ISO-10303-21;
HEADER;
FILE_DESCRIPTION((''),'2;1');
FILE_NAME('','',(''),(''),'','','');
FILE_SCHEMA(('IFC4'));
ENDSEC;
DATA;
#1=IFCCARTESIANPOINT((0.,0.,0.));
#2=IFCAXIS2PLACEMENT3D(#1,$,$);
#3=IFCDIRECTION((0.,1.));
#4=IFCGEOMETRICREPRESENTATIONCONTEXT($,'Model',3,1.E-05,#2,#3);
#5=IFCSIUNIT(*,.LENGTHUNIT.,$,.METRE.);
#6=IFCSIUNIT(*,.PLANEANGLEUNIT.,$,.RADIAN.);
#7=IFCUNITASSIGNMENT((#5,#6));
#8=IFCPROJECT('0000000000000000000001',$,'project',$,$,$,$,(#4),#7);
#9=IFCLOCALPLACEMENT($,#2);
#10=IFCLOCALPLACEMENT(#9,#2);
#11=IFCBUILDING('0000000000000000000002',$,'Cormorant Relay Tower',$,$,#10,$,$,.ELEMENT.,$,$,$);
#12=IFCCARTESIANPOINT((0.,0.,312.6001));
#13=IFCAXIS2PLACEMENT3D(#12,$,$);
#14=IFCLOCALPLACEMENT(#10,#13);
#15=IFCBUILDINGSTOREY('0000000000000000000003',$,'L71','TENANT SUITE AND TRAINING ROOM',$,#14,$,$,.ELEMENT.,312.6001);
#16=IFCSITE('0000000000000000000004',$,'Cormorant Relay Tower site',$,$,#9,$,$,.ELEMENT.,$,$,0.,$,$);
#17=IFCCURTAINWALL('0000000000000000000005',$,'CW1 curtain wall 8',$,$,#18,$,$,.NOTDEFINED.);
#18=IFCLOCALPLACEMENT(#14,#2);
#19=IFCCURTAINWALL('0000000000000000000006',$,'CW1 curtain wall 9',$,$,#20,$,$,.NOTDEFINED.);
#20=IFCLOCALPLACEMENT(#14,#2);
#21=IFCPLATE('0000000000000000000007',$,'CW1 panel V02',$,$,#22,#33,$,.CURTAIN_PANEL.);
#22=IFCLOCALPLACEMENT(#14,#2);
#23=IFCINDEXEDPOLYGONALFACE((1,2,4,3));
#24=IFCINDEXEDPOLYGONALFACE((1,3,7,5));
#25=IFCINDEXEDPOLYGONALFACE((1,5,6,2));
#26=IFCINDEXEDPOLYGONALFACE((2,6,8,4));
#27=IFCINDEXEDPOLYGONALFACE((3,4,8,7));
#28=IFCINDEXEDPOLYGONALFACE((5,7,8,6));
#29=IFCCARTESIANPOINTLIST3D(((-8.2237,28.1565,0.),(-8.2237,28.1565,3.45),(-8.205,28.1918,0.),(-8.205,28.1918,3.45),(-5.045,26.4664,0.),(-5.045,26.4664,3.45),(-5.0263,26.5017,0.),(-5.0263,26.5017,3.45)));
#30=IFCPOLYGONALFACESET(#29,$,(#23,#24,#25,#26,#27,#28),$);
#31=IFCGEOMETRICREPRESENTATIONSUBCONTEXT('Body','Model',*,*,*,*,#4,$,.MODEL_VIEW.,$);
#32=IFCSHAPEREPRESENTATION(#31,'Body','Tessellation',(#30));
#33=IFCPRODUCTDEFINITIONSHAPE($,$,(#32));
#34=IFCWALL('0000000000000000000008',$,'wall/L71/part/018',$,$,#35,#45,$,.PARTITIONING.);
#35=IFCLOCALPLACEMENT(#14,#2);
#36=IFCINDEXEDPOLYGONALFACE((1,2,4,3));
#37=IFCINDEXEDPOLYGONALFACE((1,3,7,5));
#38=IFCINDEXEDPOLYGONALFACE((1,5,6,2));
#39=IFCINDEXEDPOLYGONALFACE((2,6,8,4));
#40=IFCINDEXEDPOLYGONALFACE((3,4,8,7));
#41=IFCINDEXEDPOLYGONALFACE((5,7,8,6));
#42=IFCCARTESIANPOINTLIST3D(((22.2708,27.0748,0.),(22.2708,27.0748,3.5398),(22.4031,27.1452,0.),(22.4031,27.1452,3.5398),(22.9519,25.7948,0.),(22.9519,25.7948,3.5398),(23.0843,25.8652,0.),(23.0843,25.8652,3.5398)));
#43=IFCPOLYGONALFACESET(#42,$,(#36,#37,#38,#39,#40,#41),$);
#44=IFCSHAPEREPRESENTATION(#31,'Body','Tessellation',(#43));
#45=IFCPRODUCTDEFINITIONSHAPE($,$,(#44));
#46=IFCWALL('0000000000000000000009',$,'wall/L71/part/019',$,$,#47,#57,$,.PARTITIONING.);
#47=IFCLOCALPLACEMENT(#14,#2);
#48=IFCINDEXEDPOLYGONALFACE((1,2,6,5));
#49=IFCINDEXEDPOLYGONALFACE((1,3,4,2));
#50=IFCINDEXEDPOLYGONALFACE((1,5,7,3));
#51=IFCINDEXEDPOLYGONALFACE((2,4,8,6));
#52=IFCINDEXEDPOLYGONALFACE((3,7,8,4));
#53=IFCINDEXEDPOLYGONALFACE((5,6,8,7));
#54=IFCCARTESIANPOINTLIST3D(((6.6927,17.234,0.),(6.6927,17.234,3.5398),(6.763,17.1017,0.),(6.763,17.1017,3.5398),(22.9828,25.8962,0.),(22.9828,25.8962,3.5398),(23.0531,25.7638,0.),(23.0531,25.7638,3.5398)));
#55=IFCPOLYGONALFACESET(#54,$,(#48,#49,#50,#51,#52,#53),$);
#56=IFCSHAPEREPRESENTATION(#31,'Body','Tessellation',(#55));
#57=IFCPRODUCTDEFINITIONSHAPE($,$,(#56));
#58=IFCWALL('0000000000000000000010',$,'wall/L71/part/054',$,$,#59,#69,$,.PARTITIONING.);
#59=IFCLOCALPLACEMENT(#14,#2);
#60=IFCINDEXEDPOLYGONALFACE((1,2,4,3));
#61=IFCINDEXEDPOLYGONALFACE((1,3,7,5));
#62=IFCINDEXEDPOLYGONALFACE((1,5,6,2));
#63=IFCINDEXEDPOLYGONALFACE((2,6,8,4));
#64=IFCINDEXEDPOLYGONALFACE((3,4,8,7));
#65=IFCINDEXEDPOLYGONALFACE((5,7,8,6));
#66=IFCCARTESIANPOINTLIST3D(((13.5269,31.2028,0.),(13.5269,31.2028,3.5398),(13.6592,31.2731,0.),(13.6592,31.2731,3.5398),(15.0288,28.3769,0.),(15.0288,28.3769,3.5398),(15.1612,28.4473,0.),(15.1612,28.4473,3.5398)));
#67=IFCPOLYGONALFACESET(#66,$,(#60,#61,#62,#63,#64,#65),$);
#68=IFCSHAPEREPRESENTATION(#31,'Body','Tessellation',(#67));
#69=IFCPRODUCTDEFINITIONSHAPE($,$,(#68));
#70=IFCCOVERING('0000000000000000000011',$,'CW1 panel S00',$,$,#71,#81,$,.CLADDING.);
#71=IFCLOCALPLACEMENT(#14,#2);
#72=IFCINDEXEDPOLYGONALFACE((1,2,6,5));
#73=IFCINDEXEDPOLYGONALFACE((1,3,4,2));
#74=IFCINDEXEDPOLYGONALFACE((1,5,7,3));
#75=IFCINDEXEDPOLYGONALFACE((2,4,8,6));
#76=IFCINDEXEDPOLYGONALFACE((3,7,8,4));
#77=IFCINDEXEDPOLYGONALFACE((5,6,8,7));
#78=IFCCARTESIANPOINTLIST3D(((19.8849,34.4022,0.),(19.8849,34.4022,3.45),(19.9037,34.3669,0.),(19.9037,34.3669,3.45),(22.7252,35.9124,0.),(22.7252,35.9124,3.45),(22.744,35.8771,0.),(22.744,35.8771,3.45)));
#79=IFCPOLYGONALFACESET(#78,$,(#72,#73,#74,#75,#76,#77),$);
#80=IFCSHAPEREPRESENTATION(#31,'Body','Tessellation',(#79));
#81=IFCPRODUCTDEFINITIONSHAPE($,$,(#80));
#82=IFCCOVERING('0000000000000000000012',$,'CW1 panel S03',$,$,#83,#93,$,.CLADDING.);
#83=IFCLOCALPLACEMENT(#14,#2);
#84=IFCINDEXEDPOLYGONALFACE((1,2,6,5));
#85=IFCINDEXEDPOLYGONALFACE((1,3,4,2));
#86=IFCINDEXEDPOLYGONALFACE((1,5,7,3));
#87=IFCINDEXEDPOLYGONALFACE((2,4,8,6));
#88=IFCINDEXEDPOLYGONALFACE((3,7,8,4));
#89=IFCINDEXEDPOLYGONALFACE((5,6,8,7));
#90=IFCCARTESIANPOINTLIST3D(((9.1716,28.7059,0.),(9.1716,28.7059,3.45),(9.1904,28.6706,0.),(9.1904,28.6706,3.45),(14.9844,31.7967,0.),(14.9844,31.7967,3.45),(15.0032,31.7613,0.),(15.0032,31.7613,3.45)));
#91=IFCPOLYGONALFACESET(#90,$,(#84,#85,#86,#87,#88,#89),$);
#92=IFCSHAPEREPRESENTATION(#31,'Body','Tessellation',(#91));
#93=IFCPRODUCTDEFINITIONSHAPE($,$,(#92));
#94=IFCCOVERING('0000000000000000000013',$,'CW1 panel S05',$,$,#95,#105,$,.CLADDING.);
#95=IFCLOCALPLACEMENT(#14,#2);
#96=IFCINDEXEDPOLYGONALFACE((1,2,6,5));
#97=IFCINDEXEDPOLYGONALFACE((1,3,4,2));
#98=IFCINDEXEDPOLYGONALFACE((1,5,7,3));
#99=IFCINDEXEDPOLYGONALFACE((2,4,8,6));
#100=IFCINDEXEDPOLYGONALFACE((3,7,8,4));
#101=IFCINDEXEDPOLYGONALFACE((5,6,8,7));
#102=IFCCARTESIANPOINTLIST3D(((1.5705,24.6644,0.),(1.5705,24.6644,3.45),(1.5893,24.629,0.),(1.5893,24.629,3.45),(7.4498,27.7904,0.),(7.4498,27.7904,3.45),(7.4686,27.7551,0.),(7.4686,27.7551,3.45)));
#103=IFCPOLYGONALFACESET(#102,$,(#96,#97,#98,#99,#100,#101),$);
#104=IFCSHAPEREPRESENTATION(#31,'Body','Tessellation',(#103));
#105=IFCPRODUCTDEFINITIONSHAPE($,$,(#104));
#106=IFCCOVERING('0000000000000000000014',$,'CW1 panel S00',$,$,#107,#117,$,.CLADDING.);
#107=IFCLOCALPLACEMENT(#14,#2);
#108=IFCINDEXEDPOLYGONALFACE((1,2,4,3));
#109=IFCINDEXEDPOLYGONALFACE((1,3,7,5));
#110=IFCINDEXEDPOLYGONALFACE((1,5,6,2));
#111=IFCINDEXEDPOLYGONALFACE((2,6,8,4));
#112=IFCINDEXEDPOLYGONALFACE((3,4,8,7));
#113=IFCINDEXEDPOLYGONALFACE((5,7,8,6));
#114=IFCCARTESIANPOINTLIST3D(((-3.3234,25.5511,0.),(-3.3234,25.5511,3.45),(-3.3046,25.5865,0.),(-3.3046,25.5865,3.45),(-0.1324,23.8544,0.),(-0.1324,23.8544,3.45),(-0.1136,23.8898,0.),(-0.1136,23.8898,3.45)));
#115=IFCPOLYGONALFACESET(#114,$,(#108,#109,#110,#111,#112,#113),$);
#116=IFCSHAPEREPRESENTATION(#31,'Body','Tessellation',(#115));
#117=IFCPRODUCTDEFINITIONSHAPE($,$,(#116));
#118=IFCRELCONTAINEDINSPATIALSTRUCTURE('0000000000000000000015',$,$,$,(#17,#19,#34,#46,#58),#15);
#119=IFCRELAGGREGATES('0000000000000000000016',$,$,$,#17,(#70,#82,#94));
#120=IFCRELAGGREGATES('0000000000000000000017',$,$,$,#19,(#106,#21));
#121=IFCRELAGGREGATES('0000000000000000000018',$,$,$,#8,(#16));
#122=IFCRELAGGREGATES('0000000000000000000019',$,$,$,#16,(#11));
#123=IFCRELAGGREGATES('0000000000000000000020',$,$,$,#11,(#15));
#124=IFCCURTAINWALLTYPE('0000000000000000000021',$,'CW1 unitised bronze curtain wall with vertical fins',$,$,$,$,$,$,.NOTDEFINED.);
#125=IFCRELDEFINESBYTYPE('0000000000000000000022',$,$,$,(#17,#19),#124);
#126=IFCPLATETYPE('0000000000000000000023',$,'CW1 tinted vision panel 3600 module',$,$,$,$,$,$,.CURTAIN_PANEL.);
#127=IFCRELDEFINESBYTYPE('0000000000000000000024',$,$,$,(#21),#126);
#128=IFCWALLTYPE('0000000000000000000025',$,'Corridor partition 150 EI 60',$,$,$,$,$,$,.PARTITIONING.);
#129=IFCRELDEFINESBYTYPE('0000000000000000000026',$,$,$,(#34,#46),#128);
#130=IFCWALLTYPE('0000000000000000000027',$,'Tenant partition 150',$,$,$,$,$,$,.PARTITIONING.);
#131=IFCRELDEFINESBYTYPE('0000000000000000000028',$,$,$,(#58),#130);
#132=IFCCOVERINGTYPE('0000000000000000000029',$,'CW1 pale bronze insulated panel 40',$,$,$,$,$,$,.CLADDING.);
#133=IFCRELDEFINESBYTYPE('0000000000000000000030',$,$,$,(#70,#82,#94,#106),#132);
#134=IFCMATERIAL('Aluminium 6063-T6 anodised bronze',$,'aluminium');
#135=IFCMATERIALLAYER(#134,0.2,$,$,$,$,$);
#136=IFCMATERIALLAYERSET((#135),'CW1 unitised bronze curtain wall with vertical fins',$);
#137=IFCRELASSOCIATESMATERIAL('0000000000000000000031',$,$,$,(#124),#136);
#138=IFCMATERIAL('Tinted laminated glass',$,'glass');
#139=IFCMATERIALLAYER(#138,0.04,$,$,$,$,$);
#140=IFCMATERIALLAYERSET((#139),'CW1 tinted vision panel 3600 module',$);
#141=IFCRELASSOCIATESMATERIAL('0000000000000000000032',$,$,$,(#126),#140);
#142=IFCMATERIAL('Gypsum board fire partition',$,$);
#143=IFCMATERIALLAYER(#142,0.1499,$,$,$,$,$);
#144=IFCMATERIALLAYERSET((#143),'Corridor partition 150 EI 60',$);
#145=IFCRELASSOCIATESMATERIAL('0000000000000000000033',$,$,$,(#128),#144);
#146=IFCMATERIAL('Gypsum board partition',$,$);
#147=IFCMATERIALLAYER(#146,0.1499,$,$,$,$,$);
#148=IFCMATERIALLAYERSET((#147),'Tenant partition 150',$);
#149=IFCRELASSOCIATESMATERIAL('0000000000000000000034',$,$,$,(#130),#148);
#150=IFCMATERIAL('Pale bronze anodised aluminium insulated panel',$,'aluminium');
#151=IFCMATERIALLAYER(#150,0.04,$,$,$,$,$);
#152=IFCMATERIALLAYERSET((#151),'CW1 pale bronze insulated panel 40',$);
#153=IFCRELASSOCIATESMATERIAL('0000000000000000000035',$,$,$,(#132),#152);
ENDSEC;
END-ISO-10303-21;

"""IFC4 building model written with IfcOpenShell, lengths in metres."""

from ifc_helpers import new_model, si_unit, direction, frame, frame_2d, origin, origin_2d, place, context, subcontext, project, spatial, rectangle, extrude, material, layer, layer_set, type_object, element, aggregate, save


model = new_model("IFC4")

# Units and contexts
model_context = context("Model", 3, precision=1e-05, world=origin(), true_north=direction((0.0, 1.0)))
body_context = subcontext(model_context, "Body", "Model", "MODEL_VIEW")
ifc_project = project(units=[si_unit("LENGTHUNIT", "METRE"), si_unit("PLANEANGLEUNIT", "RADIAN")], contexts=[model_context])

# Site, building, storey
site_placement = place(None, origin())
site = spatial("IfcSite", under=ifc_project, at=site_placement, Name="Cormorant Relay Tower site", CompositionType="ELEMENT", RefElevation=0.0)
building_placement = place(site_placement, origin())
building = spatial("IfcBuilding", under=site, at=building_placement, Name="Cormorant Relay Tower", CompositionType="ELEMENT")
storey_placement = place(building_placement, frame((0.0, 0.0, 312.6001)))
storey = spatial("IfcBuildingStorey", under=building, at=storey_placement, Name="L71", Description="TENANT SUITE AND TRAINING ROOM", CompositionType="ELEMENT", Elevation=312.6001)

# Curtain walls
ifc_material_1 = material(Name="Aluminium 6063-T6 anodised bronze", Category="aluminium")
ifc_layer_1 = layer(ifc_material_1, 0.2)
ifc_layer_set_1 = layer_set([ifc_layer_1], Name="CW1 unitised bronze curtain wall with vertical fins")
curtain_wall_type = type_object("IfcCurtainWallType", Name="CW1 unitised bronze curtain wall with vertical fins", PredefinedType="NOTDEFINED", material=ifc_layer_set_1)
curtain_wall_1_placement = place(storey_placement, origin())
curtain_wall_1 = element("IfcCurtainWall", 1, at=curtain_wall_1_placement, inside=storey, type_object=curtain_wall_type, Name="CW1 curtain wall 8", PredefinedType="NOTDEFINED")
curtain_wall_2_placement = place(storey_placement, origin())
curtain_wall_2 = element("IfcCurtainWall", 2, at=curtain_wall_2_placement, inside=storey, type_object=curtain_wall_type, Name="CW1 curtain wall 9", PredefinedType="NOTDEFINED")

# Plate
ifc_material_2 = material(Name="Tinted laminated glass", Category="glass")
ifc_layer_2 = layer(ifc_material_2, 0.04)
ifc_layer_set_2 = layer_set([ifc_layer_2], Name="CW1 tinted vision panel 3600 module")
plate_type_1 = type_object("IfcPlateType", Name="CW1 tinted vision panel 3600 module", PredefinedType="CURTAIN_PANEL", material=ifc_layer_set_2)
plate_1_placement = place(storey_placement, frame((-6.625, 27.3291, 0.0), z_axis=(0.0, 0.0, 1.0), x_axis=(-0.882948, 0.469472, 0.0)))
plate_1 = element("IfcPlate", 3, at=plate_1_placement, type_object=plate_type_1, Name="CW1 panel V02", PredefinedType="CURTAIN_PANEL", context=body_context, shape_type="SweptSolid", body=[
    extrude(rectangle(XDim=3.6001, YDim=0.04, at=origin_2d()), origin(), (0.0, 0.0, 1.0), 3.45),
])

# Walls
ifc_material_3 = material(Name="Gypsum board fire partition")
ifc_layer_3 = layer(ifc_material_3, 0.1499)
ifc_layer_set_3 = layer_set([ifc_layer_3], Name="Corridor partition 150 EI 60")
wall_type_1 = type_object("IfcWallType", Name="Corridor partition 150 EI 60", PredefinedType="PARTITIONING", material=ifc_layer_set_3)
wall_1_placement = place(storey_placement, frame((22.3369, 27.1101, 0.0), z_axis=(0.0, 0.0, 1.0), x_axis=(0.469767, -0.882791, 0.0)))
element("IfcWall", 4, at=wall_1_placement, inside=storey, type_object=wall_type_1, Name="wall/L71/part/018", PredefinedType="PARTITIONING", context=body_context, shape_type="SweptSolid", body=[
    extrude(rectangle(XDim=1.45, YDim=0.1499, at=frame_2d((0.7251, 0.0))), origin(), (0.0, 0.0, 1.0), 3.5398),
])
wall_2_placement = place(storey_placement, frame((23.0181, 25.8301, 0.0), z_axis=(0.0, 0.0, 1.0), x_axis=(-0.882935, -0.469494, 0.0)))
element("IfcWall", 5, at=wall_2_placement, inside=storey, type_object=wall_type_1, Name="wall/L71/part/019", PredefinedType="PARTITIONING", context=body_context, shape_type="SweptSolid", body=[
    extrude(rectangle(XDim=18.45, YDim=0.1499, at=frame_2d((9.2251, 0.0))), origin(), (0.0, 0.0, 1.0), 3.5398),
])
ifc_material_4 = material(Name="Gypsum board partition")
ifc_layer_4 = layer(ifc_material_4, 0.1499)
ifc_layer_set_4 = layer_set([ifc_layer_4], Name="Tenant partition 150")
wall_type_2 = type_object("IfcWallType", Name="Tenant partition 150", PredefinedType="PARTITIONING", material=ifc_layer_set_4)
wall_3_placement = place(storey_placement, frame((15.095, 28.4121, 0.0), z_axis=(0.0, 0.0, 1.0), x_axis=(-0.469321, 0.883028, 0.0)))
element("IfcWall", 6, at=wall_3_placement, inside=storey, type_object=wall_type_2, Name="wall/L71/part/054", PredefinedType="PARTITIONING", context=body_context, shape_type="SweptSolid", body=[
    extrude(rectangle(XDim=3.2002, YDim=0.1499, at=frame_2d((1.6001, 0.0))), origin(), (0.0, 0.0, 1.0), 3.5398),
])

# Coverings
ifc_material_5 = material(Name="Pale bronze anodised aluminium insulated panel", Category="aluminium")
ifc_layer_5 = layer(ifc_material_5, 0.04)
ifc_layer_set_5 = layer_set([ifc_layer_5], Name="CW1 pale bronze insulated panel 40")
covering_type = type_object("IfcCoveringType", Name="CW1 pale bronze insulated panel 40", PredefinedType="CLADDING", material=ifc_layer_set_5)
covering_1_placement = place(storey_placement, frame((21.3145, 35.1396, 0.0), z_axis=(0.0, 0.0, 1.0), x_axis=(-0.882948, -0.469472, 0.0)))
covering_1 = element("IfcCovering", 7, at=covering_1_placement, type_object=covering_type, Name="CW1 panel S00", PredefinedType="CLADDING", context=body_context, shape_type="SweptSolid", body=[
    extrude(rectangle(XDim=3.2168, YDim=0.04, at=origin_2d()), origin(), (0.0, 0.0, 1.0), 3.45),
])
covering_2_placement = place(storey_placement, frame((12.0874, 30.2336, 0.0), z_axis=(0.0, 0.0, 1.0), x_axis=(-0.882948, -0.469472, 0.0)))
covering_2 = element("IfcCovering", 8, at=covering_2_placement, type_object=covering_type, Name="CW1 panel S03", PredefinedType="CLADDING", context=body_context, shape_type="SweptSolid", body=[
    extrude(rectangle(XDim=6.5835, YDim=0.04, at=origin_2d()), origin(), (0.0, 0.0, 1.0), 3.45),
])
covering_3_placement = place(storey_placement, frame((4.5195, 26.2097, 0.0), z_axis=(0.0, 0.0, 1.0), x_axis=(-0.882948, -0.469472, 0.0)))
covering_3 = element("IfcCovering", 9, at=covering_3_placement, type_object=covering_type, Name="CW1 panel S05", PredefinedType="CLADDING", context=body_context, shape_type="SweptSolid", body=[
    extrude(rectangle(XDim=6.6587, YDim=0.04, at=origin_2d()), origin(), (0.0, 0.0, 1.0), 3.45),
])
aggregate(curtain_wall_1, [covering_1, covering_2, covering_3])
covering_4_placement = place(storey_placement, frame((-1.7185, 24.7205, 0.0), z_axis=(0.0, 0.0, 1.0), x_axis=(-0.882948, 0.469472, 0.0)))
covering_4 = element("IfcCovering", 10, at=covering_4_placement, type_object=covering_type, Name="CW1 panel S00", PredefinedType="CLADDING", context=body_context, shape_type="SweptSolid", body=[
    extrude(rectangle(XDim=3.614, YDim=0.04, at=origin_2d()), origin(), (0.0, 0.0, 1.0), 3.45),
])
aggregate(curtain_wall_2, [covering_4, plate_1])

save(model, "model.ifc")
